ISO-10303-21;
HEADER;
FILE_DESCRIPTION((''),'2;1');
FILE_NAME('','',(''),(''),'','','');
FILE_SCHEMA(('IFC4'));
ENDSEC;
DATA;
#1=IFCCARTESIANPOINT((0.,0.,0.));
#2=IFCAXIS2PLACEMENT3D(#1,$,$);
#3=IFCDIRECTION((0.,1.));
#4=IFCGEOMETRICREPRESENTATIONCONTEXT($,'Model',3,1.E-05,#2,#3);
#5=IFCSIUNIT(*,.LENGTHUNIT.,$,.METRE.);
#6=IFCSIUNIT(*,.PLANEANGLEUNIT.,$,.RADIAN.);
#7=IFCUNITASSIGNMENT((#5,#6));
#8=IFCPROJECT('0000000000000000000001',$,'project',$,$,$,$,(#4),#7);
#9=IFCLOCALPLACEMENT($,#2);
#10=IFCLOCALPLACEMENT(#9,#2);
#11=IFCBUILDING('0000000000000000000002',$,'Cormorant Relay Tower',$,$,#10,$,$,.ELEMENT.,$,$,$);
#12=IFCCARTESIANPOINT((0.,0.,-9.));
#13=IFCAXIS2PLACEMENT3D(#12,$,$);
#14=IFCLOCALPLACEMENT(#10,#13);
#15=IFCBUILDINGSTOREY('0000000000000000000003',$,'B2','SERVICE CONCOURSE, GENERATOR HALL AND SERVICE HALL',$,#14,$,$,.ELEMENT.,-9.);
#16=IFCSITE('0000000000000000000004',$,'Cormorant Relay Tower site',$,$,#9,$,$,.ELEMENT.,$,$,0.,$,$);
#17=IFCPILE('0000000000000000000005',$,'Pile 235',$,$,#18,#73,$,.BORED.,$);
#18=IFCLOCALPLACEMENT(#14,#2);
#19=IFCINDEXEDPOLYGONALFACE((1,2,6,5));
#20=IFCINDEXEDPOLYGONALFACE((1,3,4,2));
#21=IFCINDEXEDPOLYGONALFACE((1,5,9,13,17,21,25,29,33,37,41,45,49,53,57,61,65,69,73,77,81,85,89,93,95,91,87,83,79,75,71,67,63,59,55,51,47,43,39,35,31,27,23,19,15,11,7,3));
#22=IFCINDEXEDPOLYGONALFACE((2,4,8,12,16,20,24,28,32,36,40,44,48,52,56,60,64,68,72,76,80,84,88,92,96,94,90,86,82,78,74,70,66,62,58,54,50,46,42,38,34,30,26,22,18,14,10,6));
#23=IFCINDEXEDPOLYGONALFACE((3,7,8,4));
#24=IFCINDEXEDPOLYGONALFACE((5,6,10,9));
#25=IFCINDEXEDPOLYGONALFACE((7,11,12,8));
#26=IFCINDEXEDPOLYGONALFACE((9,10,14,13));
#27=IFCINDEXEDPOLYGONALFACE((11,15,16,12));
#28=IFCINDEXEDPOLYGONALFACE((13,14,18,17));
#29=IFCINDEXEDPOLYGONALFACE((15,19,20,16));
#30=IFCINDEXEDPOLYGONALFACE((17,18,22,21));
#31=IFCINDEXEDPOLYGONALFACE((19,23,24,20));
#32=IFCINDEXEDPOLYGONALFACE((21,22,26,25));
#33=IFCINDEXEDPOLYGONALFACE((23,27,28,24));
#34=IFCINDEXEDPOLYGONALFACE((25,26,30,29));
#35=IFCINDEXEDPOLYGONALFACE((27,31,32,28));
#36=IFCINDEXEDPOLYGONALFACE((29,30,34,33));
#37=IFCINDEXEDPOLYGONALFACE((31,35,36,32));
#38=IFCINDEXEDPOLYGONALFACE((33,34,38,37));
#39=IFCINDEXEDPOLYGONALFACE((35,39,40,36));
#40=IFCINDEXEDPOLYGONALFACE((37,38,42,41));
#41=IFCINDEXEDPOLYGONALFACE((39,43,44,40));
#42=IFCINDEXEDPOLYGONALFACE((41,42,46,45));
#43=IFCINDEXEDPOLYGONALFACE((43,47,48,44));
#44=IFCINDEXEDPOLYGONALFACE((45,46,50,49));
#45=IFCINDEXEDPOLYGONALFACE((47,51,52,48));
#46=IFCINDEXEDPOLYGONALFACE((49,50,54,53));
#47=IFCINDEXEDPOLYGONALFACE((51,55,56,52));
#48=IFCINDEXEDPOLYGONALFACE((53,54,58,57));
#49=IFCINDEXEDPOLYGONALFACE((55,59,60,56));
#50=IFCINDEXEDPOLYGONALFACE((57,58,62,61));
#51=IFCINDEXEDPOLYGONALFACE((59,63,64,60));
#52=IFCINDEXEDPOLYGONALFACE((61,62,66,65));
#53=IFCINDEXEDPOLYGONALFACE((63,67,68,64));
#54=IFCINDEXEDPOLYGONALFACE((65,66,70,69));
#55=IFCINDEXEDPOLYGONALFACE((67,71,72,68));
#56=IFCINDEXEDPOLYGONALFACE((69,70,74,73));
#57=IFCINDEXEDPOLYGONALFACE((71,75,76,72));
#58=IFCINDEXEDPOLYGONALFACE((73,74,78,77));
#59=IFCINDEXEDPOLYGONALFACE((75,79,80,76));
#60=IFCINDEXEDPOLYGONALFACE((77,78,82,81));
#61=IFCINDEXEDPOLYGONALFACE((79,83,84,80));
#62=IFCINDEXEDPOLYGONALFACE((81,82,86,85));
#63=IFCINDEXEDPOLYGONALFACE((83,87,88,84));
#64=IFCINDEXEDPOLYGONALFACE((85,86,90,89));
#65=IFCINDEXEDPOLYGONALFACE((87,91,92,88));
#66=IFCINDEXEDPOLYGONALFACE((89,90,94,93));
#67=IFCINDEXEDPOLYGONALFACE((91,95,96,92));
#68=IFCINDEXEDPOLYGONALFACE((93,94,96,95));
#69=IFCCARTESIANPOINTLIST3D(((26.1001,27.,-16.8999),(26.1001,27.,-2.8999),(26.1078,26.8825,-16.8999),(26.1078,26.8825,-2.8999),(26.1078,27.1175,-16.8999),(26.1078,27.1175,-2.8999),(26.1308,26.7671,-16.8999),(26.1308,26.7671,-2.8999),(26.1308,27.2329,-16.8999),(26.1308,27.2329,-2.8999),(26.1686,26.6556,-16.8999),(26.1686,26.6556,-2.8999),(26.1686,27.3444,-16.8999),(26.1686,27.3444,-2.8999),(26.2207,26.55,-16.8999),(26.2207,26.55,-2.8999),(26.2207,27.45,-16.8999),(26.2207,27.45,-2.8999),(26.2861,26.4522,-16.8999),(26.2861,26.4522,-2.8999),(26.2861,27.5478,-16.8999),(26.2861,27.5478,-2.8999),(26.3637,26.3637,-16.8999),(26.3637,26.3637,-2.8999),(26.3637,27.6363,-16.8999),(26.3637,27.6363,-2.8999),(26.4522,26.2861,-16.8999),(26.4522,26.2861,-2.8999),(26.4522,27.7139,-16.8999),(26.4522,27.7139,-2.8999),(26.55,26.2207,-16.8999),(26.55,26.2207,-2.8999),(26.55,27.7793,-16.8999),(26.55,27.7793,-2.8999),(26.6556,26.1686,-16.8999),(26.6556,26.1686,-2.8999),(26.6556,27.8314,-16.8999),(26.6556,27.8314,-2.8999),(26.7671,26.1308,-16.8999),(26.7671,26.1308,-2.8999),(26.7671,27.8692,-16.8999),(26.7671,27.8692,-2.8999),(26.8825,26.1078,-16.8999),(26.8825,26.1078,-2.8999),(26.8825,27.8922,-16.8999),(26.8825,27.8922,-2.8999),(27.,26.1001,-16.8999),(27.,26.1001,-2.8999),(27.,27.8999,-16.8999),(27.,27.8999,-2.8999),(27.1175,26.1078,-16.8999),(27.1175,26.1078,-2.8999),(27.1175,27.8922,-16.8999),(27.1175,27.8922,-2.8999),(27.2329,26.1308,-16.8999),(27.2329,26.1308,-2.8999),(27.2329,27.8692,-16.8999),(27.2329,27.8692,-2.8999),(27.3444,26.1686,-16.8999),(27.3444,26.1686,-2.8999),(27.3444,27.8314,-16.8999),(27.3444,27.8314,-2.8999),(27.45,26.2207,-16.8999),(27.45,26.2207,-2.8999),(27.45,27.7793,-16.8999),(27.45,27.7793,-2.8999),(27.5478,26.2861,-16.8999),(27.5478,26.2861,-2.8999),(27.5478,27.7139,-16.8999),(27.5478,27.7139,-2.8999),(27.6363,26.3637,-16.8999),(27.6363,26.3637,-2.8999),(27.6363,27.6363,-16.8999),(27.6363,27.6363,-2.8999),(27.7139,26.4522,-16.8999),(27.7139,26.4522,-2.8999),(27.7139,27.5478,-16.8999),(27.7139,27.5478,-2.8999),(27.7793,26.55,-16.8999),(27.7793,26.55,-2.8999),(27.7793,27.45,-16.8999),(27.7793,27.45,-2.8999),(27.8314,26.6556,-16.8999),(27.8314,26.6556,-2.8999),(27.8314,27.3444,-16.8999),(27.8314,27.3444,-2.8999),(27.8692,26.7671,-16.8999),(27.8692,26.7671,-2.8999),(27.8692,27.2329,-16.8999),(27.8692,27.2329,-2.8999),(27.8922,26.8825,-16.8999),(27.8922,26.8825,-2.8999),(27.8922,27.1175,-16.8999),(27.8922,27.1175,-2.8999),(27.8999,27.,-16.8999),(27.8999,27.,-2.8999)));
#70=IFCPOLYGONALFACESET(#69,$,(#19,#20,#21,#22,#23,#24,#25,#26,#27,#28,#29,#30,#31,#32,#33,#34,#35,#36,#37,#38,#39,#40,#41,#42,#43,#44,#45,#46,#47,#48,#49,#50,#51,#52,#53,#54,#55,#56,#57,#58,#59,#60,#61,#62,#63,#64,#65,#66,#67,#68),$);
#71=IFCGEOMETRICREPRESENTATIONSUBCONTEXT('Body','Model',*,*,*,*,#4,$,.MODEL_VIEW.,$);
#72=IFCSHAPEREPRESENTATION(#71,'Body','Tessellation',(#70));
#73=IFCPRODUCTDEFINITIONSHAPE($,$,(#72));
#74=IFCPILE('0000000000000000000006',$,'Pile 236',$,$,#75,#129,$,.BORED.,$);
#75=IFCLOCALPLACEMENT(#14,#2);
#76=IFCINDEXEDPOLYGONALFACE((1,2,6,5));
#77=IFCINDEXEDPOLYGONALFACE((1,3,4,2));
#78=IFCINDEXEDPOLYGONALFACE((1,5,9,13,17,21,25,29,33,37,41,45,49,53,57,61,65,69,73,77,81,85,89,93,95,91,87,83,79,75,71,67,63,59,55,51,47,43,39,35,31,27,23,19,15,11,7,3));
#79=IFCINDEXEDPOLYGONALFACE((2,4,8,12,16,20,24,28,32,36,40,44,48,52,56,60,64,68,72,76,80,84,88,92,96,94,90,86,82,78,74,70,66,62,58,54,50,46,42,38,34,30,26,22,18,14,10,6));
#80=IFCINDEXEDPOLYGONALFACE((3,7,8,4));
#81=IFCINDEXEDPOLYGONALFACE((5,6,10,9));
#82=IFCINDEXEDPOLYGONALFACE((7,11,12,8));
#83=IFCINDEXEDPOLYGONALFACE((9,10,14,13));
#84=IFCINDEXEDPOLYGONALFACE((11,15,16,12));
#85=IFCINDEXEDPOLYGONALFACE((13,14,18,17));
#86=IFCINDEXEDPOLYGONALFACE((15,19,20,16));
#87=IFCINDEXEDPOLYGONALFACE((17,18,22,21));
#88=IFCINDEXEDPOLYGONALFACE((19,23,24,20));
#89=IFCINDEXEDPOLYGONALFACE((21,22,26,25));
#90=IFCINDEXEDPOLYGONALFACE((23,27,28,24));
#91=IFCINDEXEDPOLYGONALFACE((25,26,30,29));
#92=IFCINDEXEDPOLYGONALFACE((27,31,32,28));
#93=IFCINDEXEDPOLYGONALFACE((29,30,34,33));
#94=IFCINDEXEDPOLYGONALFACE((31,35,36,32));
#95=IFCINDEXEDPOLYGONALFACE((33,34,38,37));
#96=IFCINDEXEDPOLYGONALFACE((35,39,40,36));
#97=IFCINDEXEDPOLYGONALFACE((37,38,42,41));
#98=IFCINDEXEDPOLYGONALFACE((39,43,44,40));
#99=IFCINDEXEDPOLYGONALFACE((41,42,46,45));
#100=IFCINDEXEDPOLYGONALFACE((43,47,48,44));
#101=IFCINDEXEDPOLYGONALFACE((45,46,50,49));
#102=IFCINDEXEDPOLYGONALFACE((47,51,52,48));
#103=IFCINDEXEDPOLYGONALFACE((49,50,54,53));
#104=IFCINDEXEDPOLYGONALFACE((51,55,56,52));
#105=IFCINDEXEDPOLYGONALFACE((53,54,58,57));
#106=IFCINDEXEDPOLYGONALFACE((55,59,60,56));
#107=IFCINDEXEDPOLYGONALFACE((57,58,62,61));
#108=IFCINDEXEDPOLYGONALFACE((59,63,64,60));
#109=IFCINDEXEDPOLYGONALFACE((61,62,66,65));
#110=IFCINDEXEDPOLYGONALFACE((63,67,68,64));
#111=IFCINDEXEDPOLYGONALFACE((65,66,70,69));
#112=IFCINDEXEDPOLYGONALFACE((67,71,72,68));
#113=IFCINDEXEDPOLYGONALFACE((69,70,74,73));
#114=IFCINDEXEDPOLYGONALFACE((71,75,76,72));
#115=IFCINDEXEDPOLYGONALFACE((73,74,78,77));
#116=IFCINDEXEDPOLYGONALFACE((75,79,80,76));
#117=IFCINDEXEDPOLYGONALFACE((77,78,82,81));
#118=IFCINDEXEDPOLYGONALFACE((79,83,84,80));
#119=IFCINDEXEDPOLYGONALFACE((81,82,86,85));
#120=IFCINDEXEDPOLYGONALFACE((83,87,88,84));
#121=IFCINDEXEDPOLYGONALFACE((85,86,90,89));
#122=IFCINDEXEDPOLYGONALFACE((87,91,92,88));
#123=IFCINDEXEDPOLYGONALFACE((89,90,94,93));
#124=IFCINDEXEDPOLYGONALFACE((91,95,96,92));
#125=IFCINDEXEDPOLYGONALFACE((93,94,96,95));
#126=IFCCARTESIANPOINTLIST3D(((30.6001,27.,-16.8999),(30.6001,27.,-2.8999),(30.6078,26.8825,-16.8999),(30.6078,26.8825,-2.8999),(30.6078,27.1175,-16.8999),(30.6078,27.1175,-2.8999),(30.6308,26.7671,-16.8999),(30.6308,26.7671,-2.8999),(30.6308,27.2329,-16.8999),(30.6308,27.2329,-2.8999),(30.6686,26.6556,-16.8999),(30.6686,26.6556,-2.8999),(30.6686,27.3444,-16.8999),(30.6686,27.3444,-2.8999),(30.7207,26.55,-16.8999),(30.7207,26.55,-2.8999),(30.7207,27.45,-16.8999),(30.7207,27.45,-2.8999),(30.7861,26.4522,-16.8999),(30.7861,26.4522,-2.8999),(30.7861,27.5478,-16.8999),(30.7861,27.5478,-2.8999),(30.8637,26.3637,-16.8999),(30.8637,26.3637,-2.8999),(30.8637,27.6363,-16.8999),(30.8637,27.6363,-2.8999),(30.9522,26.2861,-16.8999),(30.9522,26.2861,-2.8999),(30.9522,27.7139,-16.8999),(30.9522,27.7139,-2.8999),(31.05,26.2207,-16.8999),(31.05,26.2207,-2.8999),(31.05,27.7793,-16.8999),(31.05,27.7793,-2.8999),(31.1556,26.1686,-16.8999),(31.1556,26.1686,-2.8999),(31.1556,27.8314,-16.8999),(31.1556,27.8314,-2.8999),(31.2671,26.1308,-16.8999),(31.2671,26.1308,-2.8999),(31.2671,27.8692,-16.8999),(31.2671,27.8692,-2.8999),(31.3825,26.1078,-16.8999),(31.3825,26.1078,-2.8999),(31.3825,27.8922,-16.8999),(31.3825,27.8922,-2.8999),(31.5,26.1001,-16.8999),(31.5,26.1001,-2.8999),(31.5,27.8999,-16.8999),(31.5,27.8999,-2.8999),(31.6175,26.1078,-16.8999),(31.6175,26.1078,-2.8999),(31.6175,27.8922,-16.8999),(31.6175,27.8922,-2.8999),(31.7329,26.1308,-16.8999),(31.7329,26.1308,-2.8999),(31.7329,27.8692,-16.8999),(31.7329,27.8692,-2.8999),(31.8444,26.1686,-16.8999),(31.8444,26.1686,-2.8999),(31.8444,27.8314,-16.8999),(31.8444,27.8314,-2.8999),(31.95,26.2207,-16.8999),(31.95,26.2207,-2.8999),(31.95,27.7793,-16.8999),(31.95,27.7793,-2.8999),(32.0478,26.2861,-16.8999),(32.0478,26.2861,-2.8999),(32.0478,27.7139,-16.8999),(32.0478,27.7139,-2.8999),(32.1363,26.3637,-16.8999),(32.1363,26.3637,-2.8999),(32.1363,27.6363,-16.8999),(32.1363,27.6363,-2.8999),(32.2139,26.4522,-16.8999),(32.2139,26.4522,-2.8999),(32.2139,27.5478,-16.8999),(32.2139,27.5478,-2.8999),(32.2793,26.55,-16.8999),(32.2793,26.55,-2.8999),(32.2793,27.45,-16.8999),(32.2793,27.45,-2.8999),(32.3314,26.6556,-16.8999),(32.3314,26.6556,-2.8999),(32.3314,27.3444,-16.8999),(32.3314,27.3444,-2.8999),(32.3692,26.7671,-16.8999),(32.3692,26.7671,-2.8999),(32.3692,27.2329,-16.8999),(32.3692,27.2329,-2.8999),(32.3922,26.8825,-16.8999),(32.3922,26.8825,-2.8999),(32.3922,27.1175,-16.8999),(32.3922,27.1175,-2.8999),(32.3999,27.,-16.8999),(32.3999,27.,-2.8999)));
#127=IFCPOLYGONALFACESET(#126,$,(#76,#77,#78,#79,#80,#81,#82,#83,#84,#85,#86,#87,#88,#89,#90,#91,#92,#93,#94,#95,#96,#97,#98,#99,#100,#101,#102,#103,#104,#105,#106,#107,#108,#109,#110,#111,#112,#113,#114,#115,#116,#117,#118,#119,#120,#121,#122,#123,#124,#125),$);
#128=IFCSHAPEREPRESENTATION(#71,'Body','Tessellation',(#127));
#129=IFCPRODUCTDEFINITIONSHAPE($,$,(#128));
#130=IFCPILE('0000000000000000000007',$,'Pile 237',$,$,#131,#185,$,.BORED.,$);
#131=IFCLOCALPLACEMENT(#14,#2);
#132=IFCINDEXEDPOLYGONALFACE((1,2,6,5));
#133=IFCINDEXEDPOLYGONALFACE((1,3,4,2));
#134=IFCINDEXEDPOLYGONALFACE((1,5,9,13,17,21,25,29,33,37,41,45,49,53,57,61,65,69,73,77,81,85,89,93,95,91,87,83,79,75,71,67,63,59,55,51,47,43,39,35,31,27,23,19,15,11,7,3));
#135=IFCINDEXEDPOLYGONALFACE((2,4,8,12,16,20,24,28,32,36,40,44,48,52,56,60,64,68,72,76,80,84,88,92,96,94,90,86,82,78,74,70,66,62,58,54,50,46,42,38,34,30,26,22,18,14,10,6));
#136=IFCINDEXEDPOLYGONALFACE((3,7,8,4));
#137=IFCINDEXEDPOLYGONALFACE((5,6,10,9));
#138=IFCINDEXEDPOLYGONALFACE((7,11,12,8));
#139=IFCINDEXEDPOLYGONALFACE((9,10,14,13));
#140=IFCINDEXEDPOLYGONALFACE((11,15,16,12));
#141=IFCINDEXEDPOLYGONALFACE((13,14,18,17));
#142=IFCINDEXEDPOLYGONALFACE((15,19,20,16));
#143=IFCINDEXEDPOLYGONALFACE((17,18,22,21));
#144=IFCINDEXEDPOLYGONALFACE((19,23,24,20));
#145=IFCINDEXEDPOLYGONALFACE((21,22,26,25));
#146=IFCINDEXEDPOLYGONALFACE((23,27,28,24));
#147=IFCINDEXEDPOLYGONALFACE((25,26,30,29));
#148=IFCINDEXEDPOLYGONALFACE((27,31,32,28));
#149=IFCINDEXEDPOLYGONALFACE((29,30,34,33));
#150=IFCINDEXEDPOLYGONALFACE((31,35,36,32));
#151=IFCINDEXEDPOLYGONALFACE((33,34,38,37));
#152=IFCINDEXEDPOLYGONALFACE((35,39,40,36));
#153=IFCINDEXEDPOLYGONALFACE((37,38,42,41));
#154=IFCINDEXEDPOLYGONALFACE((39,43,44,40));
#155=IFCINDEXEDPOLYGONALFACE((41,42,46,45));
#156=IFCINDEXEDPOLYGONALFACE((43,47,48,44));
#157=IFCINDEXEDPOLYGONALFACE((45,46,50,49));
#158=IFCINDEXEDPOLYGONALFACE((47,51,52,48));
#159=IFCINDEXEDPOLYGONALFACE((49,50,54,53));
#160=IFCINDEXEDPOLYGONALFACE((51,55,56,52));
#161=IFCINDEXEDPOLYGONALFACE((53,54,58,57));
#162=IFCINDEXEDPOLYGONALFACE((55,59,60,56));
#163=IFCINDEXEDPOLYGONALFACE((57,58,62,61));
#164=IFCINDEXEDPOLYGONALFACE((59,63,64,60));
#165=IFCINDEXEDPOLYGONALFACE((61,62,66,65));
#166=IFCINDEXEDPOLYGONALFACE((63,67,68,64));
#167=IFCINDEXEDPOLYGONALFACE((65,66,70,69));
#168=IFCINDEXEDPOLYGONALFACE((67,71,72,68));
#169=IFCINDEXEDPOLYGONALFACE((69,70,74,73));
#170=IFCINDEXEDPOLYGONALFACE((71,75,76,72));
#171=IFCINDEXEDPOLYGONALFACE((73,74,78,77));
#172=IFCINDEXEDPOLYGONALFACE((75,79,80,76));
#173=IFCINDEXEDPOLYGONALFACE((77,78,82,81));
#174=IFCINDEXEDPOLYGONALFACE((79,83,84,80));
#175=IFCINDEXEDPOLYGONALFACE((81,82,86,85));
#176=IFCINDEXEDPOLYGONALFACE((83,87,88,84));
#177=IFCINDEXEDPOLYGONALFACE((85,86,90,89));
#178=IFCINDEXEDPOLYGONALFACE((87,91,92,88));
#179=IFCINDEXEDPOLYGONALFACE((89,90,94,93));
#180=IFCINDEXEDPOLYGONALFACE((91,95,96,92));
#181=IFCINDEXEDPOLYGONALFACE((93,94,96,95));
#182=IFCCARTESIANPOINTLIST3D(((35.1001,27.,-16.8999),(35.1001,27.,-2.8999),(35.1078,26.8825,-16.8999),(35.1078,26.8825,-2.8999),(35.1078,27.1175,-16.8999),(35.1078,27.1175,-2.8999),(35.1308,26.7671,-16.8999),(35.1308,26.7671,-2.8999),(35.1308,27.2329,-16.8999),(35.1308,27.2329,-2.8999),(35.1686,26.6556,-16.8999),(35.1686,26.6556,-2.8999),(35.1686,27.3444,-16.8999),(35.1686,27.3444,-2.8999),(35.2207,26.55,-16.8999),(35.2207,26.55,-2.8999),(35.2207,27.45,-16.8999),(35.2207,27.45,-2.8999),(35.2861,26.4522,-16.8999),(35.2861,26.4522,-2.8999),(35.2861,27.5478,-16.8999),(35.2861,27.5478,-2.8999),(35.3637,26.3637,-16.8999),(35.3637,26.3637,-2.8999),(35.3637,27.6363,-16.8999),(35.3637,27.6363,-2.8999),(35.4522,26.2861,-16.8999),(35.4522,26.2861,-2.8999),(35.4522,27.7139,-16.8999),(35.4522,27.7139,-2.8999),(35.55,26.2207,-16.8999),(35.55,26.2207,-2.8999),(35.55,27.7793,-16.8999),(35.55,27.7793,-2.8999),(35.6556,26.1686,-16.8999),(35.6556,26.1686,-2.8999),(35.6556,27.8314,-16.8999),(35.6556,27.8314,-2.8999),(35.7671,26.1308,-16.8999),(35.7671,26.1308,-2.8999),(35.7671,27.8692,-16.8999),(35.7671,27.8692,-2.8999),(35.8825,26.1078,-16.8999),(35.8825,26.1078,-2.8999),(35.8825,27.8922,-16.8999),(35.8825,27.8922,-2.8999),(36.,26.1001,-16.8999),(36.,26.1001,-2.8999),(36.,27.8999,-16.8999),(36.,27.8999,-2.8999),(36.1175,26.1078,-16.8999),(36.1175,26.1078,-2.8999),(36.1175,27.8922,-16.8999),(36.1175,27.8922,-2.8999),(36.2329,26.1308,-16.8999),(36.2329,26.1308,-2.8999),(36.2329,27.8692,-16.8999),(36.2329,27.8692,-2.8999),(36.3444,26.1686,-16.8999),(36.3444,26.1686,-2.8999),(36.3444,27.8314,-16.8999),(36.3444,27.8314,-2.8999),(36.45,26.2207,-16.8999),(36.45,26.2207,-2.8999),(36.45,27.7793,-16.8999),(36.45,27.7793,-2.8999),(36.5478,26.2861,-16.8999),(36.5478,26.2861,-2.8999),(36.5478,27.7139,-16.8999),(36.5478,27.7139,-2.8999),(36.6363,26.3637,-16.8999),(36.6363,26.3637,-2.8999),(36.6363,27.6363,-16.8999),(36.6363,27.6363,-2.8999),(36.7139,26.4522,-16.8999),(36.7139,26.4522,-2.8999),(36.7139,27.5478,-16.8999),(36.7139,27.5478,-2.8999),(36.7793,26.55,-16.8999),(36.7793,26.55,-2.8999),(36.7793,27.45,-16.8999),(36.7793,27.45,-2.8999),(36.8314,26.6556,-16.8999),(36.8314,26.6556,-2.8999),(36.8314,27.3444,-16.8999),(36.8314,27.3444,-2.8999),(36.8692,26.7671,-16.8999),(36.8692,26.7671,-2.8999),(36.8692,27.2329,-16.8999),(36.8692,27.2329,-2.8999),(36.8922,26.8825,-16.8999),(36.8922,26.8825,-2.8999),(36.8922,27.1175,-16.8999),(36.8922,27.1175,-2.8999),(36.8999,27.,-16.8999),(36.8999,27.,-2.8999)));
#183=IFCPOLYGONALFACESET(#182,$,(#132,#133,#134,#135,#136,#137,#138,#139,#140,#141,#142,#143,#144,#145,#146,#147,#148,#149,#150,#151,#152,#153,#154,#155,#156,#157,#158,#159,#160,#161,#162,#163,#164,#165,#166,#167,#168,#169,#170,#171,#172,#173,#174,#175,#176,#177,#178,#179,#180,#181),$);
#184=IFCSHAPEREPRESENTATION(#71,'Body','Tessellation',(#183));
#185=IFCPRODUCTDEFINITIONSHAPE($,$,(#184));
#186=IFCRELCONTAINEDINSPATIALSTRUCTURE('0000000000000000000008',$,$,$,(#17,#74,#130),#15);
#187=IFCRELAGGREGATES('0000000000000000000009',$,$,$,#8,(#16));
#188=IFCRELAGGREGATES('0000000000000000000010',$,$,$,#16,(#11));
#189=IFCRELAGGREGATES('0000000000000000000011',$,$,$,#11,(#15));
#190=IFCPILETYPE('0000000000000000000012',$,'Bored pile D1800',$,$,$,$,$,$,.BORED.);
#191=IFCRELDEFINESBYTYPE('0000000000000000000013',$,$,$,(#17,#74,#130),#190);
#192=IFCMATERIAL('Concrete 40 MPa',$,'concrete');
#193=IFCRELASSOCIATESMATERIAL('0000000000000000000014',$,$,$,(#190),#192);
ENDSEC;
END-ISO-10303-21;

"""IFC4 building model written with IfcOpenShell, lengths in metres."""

from ifc_helpers import new_model, si_unit, direction, frame, origin, origin_2d, place, context, subcontext, project, spatial, circle, extrude, material, material_profile, profile_set, type_object, element, save


model = new_model("IFC4")

# Units and contexts
model_context = context("Model", 3, precision=1e-05, world=origin(), true_north=direction((0.0, 1.0)))
body_context = subcontext(model_context, "Body", "Model", "MODEL_VIEW")
ifc_project = project(units=[si_unit("LENGTHUNIT", "METRE"), si_unit("PLANEANGLEUNIT", "RADIAN")], contexts=[model_context])

# Site, building, storey
site_placement = place(None, origin())
site = spatial("IfcSite", under=ifc_project, at=site_placement, Name="Cormorant Relay Tower site", CompositionType="ELEMENT", RefElevation=0.0)
building_placement = place(site_placement, origin())
building = spatial("IfcBuilding", under=site, at=building_placement, Name="Cormorant Relay Tower", CompositionType="ELEMENT")
storey_placement = place(building_placement, frame((0.0, 0.0, -9.0)))
storey = spatial("IfcBuildingStorey", under=building, at=storey_placement, Name="B2", Description="SERVICE CONCOURSE, GENERATOR HALL AND SERVICE HALL", CompositionType="ELEMENT", Elevation=-9.0)

# Piles
ifc_material_1 = material(Name="Concrete 40 MPa", Category="concrete")
ifc_material_profile_1 = material_profile(ifc_material_1, circle(Radius=0.8999, at=origin_2d()), Name="BP1800")
ifc_profile_set_1 = profile_set([ifc_material_profile_1], Name="Concrete 40 MPa")
pile_type = type_object("IfcPileType", Name="Bored pile D1800", PredefinedType="BORED", material=ifc_profile_set_1)
for number, where, z_axis, x_axis, name in (
    (1, (27.0, 27.0, -2.8999), (0.0, 0.0, -1.0), (1.0, 0.0, 0.0), "Pile 235"),
    (2, (31.5, 27.0, -2.8999), (0.0, 0.0, -1.0), (1.0, 0.0, 0.0), "Pile 236"),
    (3, (36.0, 27.0, -2.8999), (0.0, 0.0, -1.0), (1.0, 0.0, 0.0), "Pile 237"),
):
    element("IfcPile", number, at=place(storey_placement, frame(where, z_axis=z_axis, x_axis=x_axis)), inside=storey, type_object=pile_type, Name=name, PredefinedType="BORED", context=body_context, shape_type="SweptSolid", body=[
        extrude(circle(Radius=0.8999, at=origin_2d()), origin(), (0.0, 0.0, 1.0), 14.0),
    ])

save(model, "model.ifc")
